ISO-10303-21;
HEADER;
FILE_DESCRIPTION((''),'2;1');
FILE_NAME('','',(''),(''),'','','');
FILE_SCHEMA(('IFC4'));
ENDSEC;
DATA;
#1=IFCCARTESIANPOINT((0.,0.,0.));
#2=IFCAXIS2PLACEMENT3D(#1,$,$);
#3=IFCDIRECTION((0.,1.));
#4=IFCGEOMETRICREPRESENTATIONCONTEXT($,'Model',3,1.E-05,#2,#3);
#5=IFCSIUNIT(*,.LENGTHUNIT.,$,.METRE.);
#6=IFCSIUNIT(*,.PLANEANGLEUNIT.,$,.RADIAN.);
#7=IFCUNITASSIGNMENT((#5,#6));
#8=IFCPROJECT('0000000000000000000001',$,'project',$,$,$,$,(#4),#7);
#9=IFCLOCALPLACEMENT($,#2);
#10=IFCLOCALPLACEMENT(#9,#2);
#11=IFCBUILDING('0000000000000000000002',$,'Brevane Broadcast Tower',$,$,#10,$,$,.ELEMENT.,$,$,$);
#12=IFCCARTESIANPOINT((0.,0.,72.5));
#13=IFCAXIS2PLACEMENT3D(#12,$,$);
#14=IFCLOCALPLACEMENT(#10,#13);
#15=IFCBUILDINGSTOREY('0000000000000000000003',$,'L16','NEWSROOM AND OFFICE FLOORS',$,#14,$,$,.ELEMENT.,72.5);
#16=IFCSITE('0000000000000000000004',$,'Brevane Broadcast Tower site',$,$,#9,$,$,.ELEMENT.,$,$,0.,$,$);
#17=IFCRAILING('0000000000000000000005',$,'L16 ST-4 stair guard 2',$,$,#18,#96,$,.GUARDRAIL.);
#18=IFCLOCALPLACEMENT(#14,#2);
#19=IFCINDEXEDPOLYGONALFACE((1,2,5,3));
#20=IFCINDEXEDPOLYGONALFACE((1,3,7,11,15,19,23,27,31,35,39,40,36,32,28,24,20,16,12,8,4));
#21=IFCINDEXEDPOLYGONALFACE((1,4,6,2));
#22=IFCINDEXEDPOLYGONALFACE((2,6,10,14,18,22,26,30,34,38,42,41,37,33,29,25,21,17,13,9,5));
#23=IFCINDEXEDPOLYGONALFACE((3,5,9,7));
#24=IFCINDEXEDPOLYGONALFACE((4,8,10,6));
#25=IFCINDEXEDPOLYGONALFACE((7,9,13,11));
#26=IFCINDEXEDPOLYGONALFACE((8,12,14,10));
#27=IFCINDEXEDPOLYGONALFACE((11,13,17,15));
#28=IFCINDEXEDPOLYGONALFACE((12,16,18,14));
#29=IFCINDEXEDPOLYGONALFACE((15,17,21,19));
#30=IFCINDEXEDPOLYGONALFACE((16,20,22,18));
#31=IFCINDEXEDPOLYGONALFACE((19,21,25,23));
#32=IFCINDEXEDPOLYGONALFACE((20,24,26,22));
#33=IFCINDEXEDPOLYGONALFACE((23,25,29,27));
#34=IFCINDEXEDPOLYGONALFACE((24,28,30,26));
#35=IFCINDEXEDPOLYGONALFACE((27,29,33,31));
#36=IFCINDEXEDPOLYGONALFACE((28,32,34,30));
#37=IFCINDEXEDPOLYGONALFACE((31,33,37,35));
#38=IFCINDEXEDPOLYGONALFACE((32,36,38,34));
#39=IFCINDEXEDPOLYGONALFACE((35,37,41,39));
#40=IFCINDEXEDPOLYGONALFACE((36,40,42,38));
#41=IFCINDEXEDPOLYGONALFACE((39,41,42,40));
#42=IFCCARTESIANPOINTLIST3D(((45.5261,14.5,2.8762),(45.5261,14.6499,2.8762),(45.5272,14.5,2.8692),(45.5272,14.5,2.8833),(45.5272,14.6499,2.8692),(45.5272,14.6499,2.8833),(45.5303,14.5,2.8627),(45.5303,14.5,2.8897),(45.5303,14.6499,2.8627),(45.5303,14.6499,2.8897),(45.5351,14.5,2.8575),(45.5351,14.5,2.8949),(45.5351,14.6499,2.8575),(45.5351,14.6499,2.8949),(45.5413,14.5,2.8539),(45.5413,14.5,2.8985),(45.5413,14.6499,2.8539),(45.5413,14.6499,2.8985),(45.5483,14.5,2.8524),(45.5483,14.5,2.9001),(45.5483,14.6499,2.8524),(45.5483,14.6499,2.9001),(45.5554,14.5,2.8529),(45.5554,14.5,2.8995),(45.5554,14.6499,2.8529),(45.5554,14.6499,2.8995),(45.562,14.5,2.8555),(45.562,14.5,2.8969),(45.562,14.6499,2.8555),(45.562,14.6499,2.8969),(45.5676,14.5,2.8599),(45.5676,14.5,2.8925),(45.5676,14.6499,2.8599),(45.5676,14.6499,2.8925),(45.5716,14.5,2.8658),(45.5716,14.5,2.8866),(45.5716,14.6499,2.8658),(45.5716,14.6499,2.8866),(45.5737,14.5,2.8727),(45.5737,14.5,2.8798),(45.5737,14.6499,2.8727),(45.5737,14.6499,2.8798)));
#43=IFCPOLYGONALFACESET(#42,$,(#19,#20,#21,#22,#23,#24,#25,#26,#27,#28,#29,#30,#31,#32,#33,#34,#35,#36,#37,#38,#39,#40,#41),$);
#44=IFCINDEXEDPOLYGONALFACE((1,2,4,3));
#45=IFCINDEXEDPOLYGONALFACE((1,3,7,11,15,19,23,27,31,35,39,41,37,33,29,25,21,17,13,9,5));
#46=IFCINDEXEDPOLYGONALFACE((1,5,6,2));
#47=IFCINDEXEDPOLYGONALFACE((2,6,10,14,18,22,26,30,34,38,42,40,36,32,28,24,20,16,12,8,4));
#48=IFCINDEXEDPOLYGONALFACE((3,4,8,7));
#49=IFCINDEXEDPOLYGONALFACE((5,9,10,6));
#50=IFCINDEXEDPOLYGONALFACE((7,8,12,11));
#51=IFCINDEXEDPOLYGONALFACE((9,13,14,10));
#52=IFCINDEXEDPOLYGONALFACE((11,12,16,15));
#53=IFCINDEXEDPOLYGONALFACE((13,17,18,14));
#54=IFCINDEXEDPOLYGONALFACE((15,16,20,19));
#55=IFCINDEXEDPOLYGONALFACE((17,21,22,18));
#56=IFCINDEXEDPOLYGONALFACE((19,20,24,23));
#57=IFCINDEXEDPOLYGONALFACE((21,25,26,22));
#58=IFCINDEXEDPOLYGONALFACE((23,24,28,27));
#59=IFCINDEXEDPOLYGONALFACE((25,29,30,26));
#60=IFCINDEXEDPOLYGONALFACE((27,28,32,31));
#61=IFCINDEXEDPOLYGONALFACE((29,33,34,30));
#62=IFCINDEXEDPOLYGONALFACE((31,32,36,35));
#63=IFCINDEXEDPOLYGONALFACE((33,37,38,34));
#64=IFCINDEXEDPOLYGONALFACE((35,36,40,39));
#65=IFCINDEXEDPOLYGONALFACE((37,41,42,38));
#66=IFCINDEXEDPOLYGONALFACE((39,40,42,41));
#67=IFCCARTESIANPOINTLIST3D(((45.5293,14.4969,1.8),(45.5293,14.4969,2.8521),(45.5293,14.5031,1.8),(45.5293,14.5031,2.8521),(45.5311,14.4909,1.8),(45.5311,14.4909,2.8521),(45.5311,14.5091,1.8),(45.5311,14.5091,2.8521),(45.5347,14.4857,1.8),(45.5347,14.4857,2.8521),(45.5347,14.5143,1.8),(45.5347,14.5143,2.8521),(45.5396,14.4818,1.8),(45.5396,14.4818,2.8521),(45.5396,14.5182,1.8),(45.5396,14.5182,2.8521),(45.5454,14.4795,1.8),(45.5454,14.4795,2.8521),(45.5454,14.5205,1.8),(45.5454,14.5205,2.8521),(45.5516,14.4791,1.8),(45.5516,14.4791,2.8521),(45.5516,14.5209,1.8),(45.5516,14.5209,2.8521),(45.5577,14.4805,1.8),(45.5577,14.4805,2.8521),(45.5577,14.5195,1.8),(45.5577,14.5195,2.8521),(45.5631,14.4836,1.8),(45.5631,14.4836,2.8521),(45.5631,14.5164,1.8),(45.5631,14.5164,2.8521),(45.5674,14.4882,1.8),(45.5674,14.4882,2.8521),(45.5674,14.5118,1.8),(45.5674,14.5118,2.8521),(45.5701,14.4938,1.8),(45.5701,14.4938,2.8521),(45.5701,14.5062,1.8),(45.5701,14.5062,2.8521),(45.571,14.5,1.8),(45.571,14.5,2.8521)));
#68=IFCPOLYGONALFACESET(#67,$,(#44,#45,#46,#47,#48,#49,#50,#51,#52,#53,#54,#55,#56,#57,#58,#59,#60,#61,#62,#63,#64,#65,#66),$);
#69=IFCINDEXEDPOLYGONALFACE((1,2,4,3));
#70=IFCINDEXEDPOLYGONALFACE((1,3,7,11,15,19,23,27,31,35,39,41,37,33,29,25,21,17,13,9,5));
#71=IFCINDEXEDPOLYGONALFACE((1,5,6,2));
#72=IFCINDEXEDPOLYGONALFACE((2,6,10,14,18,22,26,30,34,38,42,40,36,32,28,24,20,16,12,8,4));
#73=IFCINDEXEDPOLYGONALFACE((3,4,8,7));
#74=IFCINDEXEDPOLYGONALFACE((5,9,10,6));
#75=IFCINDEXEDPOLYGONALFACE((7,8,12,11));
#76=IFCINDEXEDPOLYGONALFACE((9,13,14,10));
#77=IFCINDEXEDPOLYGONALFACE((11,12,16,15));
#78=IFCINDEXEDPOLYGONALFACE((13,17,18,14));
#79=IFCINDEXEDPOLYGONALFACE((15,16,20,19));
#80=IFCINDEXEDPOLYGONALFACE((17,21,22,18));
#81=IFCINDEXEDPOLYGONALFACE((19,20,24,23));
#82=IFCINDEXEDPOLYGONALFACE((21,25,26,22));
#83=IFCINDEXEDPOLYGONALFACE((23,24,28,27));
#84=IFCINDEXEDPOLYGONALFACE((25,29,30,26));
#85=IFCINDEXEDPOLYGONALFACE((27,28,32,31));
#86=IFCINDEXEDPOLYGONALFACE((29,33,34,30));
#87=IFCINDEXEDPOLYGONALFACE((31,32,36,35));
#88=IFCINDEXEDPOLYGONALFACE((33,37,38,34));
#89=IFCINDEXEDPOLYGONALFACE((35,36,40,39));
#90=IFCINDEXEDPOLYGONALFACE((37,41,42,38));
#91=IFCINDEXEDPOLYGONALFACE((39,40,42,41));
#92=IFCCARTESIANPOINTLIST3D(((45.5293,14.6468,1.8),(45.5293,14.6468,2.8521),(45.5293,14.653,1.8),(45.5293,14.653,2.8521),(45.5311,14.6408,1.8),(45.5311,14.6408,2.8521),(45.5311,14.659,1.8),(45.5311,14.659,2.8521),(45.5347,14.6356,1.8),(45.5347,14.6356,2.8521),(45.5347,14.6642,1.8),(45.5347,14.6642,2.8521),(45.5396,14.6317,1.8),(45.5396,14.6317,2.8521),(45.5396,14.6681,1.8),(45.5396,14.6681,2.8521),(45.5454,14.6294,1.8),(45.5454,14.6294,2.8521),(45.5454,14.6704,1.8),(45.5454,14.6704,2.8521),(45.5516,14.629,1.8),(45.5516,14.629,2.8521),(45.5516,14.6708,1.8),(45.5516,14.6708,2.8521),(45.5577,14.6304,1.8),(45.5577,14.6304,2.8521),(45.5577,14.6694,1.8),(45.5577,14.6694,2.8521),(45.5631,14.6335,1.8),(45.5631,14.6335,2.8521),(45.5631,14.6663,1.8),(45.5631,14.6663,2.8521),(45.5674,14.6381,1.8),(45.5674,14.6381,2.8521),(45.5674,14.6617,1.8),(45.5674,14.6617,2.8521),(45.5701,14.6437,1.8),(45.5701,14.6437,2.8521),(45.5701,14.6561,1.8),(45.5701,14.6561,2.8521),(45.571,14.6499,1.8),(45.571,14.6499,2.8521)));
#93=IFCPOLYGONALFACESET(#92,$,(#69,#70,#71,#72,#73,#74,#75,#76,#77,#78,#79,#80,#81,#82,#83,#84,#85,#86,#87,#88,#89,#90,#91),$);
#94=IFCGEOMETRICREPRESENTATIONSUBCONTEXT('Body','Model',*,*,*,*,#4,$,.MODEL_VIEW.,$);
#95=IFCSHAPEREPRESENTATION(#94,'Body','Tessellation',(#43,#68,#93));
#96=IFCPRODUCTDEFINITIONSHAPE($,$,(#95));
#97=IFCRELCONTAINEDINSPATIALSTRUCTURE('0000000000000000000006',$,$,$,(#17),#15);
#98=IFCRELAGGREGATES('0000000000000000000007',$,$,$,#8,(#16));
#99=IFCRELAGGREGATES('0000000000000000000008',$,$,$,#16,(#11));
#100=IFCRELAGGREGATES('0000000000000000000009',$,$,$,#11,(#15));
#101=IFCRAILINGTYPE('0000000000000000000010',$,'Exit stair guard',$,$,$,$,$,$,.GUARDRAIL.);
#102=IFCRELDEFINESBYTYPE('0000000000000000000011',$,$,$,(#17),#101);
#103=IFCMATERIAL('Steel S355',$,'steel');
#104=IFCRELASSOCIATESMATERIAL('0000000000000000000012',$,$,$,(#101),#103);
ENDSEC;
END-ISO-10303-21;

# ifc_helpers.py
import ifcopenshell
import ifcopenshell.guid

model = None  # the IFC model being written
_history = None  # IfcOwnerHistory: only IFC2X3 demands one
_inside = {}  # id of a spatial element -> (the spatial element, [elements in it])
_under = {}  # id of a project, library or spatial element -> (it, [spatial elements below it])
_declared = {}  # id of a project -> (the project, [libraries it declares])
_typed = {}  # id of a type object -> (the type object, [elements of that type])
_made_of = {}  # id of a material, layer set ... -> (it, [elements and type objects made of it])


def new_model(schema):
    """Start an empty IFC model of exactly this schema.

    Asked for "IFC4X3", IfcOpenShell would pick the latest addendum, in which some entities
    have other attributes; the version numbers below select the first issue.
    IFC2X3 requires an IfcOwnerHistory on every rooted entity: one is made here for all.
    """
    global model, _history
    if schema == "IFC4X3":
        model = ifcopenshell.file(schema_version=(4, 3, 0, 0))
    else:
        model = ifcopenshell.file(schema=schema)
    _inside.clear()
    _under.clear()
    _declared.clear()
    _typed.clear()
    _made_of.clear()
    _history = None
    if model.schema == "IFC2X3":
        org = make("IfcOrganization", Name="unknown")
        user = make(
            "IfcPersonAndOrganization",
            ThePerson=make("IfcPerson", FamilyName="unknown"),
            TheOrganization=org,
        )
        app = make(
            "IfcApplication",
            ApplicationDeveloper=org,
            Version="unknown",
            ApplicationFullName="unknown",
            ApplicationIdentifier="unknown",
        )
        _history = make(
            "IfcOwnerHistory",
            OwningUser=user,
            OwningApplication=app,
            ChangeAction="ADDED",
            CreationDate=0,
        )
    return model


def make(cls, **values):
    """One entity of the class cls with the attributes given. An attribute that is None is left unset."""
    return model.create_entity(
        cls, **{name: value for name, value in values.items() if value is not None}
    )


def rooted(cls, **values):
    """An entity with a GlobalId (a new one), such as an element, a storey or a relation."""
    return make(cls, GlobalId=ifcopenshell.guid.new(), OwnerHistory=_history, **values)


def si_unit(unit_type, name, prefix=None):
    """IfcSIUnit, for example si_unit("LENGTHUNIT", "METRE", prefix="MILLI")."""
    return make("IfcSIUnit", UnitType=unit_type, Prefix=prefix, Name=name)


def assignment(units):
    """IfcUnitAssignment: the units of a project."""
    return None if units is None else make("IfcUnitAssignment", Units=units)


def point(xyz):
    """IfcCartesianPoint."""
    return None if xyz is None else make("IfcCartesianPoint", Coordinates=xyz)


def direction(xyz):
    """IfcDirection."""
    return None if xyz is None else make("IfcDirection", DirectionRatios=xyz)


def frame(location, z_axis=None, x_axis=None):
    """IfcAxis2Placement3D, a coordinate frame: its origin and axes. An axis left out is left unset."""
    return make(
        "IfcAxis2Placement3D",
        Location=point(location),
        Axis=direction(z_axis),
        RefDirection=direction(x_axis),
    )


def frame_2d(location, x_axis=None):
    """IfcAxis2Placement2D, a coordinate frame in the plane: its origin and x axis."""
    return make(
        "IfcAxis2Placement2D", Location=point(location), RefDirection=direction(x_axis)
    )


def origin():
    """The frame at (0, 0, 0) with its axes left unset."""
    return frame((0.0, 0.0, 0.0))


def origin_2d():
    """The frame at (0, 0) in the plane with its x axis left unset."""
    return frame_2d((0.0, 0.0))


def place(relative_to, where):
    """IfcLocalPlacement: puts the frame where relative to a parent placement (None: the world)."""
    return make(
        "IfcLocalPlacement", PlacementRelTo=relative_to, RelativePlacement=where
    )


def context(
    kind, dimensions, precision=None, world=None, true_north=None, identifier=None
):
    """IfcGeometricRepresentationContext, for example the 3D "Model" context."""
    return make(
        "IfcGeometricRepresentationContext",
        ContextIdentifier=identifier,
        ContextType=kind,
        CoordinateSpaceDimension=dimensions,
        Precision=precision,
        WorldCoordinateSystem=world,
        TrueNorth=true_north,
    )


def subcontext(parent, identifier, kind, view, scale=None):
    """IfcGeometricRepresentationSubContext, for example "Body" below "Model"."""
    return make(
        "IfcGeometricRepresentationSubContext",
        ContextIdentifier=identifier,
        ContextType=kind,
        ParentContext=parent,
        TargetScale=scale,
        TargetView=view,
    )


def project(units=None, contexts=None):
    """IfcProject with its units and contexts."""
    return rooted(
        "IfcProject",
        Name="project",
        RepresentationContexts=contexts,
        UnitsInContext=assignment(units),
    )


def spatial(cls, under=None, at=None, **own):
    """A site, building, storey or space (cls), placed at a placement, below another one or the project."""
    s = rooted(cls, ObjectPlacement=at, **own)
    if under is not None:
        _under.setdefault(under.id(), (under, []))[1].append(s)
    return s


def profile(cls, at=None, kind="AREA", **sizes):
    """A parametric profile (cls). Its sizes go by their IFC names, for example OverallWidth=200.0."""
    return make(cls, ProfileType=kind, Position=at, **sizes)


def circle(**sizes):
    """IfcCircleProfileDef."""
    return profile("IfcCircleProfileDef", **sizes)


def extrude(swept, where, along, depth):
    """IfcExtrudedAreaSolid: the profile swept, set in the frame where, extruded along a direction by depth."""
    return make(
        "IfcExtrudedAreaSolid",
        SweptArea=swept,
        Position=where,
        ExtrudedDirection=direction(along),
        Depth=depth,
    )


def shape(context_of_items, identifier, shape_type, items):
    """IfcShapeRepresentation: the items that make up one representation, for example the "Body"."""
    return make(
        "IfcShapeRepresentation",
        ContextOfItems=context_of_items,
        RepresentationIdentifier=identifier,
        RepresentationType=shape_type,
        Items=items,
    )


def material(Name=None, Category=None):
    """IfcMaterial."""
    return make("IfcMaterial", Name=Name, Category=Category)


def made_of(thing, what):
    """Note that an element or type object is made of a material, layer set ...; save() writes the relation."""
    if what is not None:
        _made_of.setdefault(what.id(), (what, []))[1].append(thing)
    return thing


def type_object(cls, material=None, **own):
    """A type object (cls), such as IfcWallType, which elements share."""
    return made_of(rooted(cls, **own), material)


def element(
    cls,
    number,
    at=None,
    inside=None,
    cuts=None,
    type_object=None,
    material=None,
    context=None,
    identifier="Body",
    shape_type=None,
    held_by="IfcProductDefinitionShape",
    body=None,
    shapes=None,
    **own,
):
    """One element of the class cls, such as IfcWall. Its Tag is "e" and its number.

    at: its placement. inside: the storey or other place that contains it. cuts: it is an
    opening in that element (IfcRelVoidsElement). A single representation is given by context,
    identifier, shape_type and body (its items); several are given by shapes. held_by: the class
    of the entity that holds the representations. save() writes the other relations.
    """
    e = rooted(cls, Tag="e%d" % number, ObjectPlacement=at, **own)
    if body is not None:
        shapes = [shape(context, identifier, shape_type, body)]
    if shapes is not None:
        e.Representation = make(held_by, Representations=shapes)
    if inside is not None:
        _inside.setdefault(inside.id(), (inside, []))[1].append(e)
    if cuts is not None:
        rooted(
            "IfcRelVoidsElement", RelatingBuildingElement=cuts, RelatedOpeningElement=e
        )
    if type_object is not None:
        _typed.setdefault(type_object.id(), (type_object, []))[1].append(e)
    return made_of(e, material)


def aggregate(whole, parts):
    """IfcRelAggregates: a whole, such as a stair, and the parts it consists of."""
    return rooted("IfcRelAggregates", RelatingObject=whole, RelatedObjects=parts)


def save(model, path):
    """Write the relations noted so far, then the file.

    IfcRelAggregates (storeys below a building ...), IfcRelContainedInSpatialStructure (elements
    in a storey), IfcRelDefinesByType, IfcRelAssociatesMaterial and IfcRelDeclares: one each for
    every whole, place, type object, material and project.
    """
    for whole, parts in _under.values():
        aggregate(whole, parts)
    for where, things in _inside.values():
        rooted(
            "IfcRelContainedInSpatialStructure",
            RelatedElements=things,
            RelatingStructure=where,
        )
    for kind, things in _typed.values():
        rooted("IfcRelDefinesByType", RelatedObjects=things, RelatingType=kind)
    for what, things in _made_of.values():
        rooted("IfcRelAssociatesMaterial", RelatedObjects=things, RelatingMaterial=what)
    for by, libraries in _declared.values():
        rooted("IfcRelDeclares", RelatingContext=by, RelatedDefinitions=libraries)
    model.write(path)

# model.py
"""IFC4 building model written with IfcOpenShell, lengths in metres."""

from ifc_helpers import new_model, si_unit, direction, frame, origin, origin_2d, place, context, subcontext, project, spatial, circle, extrude, material, type_object, element, save


model = new_model("IFC4")

# Units and contexts
model_context = context("Model", 3, precision=1e-05, world=origin(), true_north=direction((0.0, 1.0)))
body_context = subcontext(model_context, "Body", "Model", "MODEL_VIEW")
ifc_project = project(units=[si_unit("LENGTHUNIT", "METRE"), si_unit("PLANEANGLEUNIT", "RADIAN")], contexts=[model_context])

# Site, building, storey
site_placement = place(None, origin())
site = spatial("IfcSite", under=ifc_project, at=site_placement, Name="Brevane Broadcast Tower site", CompositionType="ELEMENT", RefElevation=0.0)
building_placement = place(site_placement, origin())
building = spatial("IfcBuilding", under=site, at=building_placement, Name="Brevane Broadcast Tower", CompositionType="ELEMENT")
storey_placement = place(building_placement, frame((0.0, 0.0, 72.5)))
storey = spatial("IfcBuildingStorey", under=building, at=storey_placement, Name="L16", Description="NEWSROOM AND OFFICE FLOORS", CompositionType="ELEMENT", Elevation=72.5)

# Railing
ifc_material_1 = material(Name="Steel S355", Category="steel")
railing_type_1 = type_object("IfcRailingType", Name="Exit stair guard", PredefinedType="GUARDRAIL", material=ifc_material_1)
railing_1_placement = place(storey_placement, frame((45.55, 14.5, 1.8)))
element("IfcRailing", 1, at=railing_1_placement, inside=storey, type_object=railing_type_1, Name="L16 ST-4 stair guard 2", PredefinedType="GUARDRAIL", context=body_context, shape_type="SweptSolid", body=[
    extrude(circle(Radius=0.0239, at=origin_2d()), frame((0.0, 0.0, 1.0762), z_axis=(0.0, 1.0, 0.0), x_axis=(-1.0, 0.0, 0.0)), (0.0, 0.0, 1.0), 0.1499),
    extrude(circle(Radius=0.021, at=origin_2d()), origin(), (0.0, 0.0, 1.0), 1.052),
    extrude(circle(Radius=0.021, at=origin_2d()), frame((0.0, 0.1499, 0.0)), (0.0, 0.0, 1.0), 1.052),
])

save(model, "model.ifc")
